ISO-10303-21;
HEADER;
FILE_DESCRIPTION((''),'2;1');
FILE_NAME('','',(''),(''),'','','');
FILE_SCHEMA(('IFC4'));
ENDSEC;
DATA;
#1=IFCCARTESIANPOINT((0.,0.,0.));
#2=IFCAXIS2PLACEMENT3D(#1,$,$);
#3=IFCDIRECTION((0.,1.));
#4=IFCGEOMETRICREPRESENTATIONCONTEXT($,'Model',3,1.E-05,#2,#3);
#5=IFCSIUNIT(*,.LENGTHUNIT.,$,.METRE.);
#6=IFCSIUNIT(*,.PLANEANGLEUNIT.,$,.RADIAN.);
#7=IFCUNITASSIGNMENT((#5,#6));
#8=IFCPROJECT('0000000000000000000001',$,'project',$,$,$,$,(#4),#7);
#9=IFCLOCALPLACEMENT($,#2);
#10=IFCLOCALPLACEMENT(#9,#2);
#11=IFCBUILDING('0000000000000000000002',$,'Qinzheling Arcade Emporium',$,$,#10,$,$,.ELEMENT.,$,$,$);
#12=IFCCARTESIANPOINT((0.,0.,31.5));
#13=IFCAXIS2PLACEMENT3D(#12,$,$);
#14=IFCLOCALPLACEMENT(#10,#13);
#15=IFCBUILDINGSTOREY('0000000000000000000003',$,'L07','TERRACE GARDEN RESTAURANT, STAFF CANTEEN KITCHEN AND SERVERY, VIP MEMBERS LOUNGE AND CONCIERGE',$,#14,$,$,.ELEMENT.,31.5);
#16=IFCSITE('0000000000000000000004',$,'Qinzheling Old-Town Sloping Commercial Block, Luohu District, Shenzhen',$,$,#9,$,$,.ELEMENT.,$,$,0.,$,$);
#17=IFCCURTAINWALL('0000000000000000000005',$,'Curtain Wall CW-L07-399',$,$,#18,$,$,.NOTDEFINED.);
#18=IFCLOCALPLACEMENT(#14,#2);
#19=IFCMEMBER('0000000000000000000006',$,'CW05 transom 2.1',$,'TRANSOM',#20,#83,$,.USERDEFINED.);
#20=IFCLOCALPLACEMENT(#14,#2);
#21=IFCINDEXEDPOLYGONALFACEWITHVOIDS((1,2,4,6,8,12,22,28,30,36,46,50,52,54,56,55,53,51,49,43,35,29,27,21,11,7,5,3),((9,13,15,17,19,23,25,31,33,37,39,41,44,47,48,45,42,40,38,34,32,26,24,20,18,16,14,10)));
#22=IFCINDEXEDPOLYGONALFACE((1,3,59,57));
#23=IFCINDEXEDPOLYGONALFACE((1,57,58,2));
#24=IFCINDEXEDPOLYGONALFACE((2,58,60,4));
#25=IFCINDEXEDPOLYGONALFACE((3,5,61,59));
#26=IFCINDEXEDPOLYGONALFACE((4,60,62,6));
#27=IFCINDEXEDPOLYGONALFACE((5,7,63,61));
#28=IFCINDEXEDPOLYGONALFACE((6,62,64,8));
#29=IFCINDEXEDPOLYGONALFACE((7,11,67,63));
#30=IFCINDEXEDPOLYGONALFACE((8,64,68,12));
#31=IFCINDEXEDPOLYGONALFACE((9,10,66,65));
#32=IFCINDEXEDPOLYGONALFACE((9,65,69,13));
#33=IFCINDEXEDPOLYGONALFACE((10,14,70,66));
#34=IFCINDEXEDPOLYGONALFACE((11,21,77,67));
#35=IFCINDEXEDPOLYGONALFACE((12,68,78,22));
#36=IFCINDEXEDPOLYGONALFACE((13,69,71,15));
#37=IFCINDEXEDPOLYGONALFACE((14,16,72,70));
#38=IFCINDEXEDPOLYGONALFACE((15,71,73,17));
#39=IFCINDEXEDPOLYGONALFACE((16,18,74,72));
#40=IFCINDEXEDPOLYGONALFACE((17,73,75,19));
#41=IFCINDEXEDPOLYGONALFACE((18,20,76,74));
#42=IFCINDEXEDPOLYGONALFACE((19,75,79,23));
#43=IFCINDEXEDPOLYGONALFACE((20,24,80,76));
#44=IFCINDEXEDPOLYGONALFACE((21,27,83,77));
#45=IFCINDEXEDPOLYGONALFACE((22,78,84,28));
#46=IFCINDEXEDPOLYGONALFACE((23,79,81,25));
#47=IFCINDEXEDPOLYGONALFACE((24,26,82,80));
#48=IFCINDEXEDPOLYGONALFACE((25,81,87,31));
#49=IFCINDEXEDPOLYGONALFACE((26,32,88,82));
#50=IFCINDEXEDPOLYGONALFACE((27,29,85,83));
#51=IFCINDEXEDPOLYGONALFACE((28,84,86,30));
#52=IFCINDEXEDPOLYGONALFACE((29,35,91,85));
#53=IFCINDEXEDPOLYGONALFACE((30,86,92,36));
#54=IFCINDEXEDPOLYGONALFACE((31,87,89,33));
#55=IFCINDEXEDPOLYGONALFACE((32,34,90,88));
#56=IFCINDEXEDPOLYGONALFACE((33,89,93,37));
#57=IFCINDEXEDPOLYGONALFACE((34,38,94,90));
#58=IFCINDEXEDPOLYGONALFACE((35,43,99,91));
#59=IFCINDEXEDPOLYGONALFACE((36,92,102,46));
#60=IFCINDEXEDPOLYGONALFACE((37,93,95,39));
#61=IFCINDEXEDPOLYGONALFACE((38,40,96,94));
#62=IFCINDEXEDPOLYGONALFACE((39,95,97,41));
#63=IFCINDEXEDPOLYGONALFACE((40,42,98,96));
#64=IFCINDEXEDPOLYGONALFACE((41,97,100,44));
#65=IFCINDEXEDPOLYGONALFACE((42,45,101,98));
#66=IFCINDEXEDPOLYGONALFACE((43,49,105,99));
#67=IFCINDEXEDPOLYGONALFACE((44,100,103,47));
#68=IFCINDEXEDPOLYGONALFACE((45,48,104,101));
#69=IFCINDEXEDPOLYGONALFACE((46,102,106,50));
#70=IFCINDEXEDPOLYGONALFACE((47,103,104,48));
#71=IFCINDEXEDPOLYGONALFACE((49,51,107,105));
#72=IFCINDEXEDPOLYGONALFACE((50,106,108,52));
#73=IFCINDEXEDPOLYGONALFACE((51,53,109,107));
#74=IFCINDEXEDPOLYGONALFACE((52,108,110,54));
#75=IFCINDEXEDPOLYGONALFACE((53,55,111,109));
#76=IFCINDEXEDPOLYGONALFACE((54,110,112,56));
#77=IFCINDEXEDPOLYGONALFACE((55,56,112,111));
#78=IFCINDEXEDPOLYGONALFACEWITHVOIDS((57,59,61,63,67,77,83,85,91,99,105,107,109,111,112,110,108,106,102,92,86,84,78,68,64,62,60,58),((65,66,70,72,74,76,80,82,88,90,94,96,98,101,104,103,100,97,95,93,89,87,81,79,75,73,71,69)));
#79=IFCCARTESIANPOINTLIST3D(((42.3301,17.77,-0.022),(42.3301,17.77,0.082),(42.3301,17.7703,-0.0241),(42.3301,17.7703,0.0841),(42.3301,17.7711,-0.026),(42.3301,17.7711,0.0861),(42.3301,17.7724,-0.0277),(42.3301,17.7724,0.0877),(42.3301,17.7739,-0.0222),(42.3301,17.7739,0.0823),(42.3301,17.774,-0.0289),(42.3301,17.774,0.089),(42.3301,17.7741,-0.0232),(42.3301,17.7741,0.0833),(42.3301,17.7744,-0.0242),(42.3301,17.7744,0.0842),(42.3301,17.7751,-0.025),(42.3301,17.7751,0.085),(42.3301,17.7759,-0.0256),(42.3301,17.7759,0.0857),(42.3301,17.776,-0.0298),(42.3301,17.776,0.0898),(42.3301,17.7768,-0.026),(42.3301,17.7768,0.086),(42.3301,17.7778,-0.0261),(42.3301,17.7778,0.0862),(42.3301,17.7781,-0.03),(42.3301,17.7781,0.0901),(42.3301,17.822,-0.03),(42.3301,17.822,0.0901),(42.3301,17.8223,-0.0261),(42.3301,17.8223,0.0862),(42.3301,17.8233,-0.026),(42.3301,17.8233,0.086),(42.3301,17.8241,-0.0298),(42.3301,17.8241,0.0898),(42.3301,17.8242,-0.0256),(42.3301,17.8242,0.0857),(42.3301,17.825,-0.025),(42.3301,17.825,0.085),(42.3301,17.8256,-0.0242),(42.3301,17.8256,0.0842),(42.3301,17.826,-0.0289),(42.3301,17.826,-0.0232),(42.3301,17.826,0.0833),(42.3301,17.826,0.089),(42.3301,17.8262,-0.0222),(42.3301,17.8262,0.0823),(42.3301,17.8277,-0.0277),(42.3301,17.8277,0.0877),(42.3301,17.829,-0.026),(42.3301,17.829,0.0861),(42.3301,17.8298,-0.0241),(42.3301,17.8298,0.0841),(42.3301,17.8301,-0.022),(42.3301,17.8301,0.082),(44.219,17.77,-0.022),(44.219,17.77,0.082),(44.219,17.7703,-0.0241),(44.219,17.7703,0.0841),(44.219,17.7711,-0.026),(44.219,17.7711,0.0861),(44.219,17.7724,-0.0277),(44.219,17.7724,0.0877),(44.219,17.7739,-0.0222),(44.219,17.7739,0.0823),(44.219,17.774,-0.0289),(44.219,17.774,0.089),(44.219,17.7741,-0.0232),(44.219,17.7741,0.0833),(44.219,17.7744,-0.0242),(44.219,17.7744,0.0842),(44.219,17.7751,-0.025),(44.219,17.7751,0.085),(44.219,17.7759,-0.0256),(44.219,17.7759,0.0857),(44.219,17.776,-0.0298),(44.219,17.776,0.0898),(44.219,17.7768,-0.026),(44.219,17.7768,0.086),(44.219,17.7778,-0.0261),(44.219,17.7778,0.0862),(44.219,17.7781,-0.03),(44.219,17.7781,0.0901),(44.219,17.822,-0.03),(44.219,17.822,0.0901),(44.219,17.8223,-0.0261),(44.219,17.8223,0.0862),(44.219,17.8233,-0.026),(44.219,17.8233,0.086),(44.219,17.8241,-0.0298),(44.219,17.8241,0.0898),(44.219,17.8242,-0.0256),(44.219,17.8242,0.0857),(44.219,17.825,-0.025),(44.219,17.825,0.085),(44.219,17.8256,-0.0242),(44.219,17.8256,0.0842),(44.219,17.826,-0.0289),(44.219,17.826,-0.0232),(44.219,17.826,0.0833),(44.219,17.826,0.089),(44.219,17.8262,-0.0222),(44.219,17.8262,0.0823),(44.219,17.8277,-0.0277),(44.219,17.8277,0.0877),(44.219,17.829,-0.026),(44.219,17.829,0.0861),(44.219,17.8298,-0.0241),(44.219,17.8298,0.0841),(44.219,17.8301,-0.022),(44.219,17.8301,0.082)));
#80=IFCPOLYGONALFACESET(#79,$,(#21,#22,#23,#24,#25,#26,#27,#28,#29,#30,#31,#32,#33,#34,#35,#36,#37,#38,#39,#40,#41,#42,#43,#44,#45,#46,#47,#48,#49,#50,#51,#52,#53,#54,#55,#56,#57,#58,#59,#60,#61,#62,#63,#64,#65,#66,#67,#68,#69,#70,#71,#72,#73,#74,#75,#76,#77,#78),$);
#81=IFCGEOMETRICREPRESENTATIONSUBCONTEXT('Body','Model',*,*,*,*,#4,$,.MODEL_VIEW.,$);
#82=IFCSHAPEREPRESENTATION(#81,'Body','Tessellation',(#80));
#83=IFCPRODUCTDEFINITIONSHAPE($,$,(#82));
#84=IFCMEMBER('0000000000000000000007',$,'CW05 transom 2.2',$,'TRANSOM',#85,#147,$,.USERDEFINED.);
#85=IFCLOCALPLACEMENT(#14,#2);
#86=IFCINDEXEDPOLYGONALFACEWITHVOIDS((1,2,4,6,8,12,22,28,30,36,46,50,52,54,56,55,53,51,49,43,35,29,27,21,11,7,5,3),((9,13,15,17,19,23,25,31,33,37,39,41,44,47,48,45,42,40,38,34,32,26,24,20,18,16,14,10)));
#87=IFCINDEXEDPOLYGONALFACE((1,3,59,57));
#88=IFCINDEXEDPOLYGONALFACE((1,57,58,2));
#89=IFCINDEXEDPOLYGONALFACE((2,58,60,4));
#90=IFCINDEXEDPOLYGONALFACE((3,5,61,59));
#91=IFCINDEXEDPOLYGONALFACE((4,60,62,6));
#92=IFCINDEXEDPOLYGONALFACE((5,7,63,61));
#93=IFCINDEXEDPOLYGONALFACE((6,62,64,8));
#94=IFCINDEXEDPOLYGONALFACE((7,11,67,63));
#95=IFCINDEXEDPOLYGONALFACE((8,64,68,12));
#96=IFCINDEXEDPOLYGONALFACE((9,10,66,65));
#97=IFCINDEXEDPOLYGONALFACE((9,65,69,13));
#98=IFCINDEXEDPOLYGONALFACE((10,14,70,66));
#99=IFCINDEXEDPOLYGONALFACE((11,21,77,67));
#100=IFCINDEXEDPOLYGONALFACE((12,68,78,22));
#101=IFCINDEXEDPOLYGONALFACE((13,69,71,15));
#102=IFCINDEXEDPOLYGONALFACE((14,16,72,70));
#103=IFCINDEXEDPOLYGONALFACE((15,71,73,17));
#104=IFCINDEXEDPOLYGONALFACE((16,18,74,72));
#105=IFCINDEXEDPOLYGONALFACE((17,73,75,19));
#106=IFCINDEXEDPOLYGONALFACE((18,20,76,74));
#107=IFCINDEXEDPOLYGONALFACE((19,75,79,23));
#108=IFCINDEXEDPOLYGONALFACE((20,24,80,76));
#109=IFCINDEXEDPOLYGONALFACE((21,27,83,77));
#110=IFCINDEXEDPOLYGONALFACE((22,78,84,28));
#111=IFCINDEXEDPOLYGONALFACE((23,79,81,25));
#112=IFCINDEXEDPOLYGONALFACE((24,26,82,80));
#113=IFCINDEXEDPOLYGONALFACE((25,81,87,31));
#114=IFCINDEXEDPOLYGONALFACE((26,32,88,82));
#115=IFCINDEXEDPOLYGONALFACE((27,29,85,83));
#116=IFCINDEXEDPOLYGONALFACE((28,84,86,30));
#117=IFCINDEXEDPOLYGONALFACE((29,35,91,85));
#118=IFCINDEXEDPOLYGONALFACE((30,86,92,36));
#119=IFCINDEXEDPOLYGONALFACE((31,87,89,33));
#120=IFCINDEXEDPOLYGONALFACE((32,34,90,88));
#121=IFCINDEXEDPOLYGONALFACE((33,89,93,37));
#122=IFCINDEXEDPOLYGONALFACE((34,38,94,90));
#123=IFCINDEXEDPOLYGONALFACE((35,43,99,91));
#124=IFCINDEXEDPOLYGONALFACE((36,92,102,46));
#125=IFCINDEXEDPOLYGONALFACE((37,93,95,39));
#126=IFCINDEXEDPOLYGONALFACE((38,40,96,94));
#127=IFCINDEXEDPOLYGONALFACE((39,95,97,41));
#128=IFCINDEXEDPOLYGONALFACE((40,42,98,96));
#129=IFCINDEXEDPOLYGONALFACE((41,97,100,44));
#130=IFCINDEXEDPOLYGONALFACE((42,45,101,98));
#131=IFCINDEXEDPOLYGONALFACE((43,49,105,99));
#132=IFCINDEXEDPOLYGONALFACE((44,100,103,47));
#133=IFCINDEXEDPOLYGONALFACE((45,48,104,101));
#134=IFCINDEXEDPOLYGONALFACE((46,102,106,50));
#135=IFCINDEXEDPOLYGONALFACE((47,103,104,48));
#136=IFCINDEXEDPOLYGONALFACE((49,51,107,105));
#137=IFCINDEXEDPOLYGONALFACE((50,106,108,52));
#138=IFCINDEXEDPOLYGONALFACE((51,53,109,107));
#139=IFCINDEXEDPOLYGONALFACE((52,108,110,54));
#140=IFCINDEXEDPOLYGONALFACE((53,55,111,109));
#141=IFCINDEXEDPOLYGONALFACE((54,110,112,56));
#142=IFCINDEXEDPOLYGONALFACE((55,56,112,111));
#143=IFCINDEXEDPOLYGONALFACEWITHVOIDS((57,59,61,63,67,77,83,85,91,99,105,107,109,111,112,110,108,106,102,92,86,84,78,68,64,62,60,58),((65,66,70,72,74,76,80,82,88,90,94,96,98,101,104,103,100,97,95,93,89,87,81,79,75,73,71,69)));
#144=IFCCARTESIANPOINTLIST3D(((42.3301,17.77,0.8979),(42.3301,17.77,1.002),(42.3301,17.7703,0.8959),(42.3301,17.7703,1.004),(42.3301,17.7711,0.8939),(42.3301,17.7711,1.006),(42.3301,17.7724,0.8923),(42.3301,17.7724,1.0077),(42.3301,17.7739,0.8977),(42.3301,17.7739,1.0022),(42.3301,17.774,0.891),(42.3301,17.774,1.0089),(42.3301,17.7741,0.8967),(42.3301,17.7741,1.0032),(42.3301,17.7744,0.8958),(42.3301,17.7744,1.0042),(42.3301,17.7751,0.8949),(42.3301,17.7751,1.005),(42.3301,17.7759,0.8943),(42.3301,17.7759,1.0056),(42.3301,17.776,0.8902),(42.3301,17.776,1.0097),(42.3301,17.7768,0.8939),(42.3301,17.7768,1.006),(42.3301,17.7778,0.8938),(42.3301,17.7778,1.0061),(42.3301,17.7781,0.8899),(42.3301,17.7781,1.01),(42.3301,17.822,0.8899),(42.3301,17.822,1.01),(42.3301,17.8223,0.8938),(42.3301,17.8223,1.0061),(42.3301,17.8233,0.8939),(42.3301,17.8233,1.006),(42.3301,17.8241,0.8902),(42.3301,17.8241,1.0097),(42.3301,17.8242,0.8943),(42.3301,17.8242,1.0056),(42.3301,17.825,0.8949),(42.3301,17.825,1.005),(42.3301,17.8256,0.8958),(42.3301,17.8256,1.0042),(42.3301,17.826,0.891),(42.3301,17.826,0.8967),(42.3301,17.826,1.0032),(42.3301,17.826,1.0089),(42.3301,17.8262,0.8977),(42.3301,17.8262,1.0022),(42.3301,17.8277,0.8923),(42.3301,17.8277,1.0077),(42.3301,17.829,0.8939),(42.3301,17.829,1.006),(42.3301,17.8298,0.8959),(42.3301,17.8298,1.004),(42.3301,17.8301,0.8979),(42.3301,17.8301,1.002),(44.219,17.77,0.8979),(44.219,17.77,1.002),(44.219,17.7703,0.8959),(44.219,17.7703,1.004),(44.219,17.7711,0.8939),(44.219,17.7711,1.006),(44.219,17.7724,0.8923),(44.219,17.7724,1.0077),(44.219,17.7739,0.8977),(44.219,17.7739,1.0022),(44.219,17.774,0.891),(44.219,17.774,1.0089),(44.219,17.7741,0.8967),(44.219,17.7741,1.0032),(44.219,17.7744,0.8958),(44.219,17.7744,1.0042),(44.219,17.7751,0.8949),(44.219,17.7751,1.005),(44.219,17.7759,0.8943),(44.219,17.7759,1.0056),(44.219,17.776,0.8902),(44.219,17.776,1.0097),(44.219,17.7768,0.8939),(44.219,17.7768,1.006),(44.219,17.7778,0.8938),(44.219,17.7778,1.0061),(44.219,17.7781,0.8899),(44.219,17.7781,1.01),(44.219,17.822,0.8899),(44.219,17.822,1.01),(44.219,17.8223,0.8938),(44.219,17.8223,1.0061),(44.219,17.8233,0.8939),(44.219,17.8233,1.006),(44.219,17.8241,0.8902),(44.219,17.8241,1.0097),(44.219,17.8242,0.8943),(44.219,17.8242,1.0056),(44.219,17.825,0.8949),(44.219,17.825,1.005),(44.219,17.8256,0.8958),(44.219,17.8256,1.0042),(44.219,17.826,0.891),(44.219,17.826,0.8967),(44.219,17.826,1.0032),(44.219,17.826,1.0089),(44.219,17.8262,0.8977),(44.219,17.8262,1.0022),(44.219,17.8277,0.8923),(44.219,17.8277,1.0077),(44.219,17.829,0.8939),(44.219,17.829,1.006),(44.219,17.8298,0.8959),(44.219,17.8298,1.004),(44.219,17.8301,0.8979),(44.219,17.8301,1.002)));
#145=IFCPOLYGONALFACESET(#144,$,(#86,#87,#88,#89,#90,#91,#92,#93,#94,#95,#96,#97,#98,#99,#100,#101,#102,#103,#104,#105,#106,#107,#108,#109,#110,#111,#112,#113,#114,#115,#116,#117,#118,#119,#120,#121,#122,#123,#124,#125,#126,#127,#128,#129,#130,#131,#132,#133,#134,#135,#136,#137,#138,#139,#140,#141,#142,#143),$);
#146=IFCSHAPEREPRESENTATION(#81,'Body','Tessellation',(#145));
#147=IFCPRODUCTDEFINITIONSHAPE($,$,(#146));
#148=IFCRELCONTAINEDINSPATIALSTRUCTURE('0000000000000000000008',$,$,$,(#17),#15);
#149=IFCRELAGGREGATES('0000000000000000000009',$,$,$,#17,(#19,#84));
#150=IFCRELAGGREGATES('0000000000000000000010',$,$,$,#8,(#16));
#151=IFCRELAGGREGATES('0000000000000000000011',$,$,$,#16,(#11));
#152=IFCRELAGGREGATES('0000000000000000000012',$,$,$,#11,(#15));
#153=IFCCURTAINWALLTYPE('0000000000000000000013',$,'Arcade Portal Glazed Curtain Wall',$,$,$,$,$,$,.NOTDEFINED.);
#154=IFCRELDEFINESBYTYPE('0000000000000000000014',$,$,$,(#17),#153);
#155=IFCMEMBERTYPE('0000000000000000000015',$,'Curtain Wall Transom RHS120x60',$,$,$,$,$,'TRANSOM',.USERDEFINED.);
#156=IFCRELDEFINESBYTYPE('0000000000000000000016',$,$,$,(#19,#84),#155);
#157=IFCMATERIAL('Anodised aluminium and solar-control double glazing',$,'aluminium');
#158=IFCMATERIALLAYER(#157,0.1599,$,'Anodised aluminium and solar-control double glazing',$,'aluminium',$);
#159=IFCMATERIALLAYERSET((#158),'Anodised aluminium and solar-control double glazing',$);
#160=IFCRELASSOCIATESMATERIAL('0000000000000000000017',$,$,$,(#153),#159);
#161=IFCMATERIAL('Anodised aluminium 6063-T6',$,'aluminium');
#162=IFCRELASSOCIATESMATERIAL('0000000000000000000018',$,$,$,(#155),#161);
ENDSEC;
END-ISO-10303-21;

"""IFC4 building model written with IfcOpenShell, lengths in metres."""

from ifc_helpers import new_model, si_unit, direction, frame, origin, origin_2d, place, context, subcontext, project, spatial, hollow_rectangle, extrude, material, layer, layer_set, material_profile, profile_set, type_object, element, aggregate, save


model = new_model("IFC4")

# Units and contexts
model_context = context("Model", 3, precision=1e-05, world=origin(), true_north=direction((0.0, 1.0)))
body_context = subcontext(model_context, "Body", "Model", "MODEL_VIEW")
ifc_project = project(units=[si_unit("LENGTHUNIT", "METRE"), si_unit("PLANEANGLEUNIT", "RADIAN")], contexts=[model_context])

# Site, building, storey
site_placement = place(None, origin())
site = spatial("IfcSite", under=ifc_project, at=site_placement, Name="Qinzheling Old-Town Sloping Commercial Block, Luohu District, Shenzhen", CompositionType="ELEMENT", RefElevation=0.0)
building_placement = place(site_placement, origin())
building = spatial("IfcBuilding", under=site, at=building_placement, Name="Qinzheling Arcade Emporium", CompositionType="ELEMENT")
storey_placement = place(building_placement, frame((0.0, 0.0, 31.5)))
storey = spatial("IfcBuildingStorey", under=building, at=storey_placement, Name="L07", Description="TERRACE GARDEN RESTAURANT, STAFF CANTEEN KITCHEN AND SERVERY, VIP MEMBERS LOUNGE AND CONCIERGE", CompositionType="ELEMENT", Elevation=31.5)

# Curtain wall, members
ifc_material_1 = material(Name="Anodised aluminium and solar-control double glazing", Category="aluminium")
ifc_layer_1 = layer(ifc_material_1, 0.1599, Name="Anodised aluminium and solar-control double glazing", Category="aluminium")
ifc_layer_set_1 = layer_set([ifc_layer_1], Name="Anodised aluminium and solar-control double glazing")
curtain_wall_type = type_object("IfcCurtainWallType", Name="Arcade Portal Glazed Curtain Wall", PredefinedType="NOTDEFINED", material=ifc_layer_set_1)
curtain_wall_placement = place(storey_placement, origin())
curtain_wall = element("IfcCurtainWall", 1, at=curtain_wall_placement, inside=storey, type_object=curtain_wall_type, Name="Curtain Wall CW-L07-399", PredefinedType="NOTDEFINED")
ifc_material_2 = material(Name="Anodised aluminium 6063-T6", Category="aluminium")
ifc_material_profile_1 = material_profile(ifc_material_2, hollow_rectangle(XDim=0.0601, YDim=0.1201, WallThickness=0.0039, InnerFilletRadius=0.0039, OuterFilletRadius=0.0081, at=origin_2d()), Name="RHS 120x60x4", Category="aluminium")
ifc_profile_set_1 = profile_set([ifc_material_profile_1], Name="Anodised aluminium 6063-T6")
member_type_1 = type_object("IfcMemberType", Name="Curtain Wall Transom RHS120x60", ElementType="TRANSOM", PredefinedType="USERDEFINED", material=ifc_profile_set_1)
member_1_placement = place(storey_placement, frame((44.219, 17.8, 0.03), z_axis=(-1.0, 0.0, 0.0), x_axis=(0.0, -1.0, 0.0)))
member_1 = element("IfcMember", 2, at=member_1_placement, type_object=member_type_1, Name="CW05 transom 2.1", ObjectType="TRANSOM", PredefinedType="USERDEFINED", context=body_context, shape_type="SweptSolid", body=[
    extrude(hollow_rectangle(XDim=0.0601, YDim=0.1201, WallThickness=0.0039, InnerFilletRadius=0.0039, OuterFilletRadius=0.0081, at=origin_2d()), origin(), (0.0, 0.0, 1.0), 1.8889),
])
member_2_placement = place(storey_placement, frame((44.219, 17.8, 0.95), z_axis=(-1.0, 0.0, 0.0), x_axis=(0.0, -1.0, 0.0)))
member_2 = element("IfcMember", 3, at=member_2_placement, type_object=member_type_1, Name="CW05 transom 2.2", ObjectType="TRANSOM", PredefinedType="USERDEFINED", context=body_context, shape_type="SweptSolid", body=[
    extrude(hollow_rectangle(XDim=0.0601, YDim=0.1201, WallThickness=0.0039, InnerFilletRadius=0.0039, OuterFilletRadius=0.0081, at=origin_2d()), origin(), (0.0, 0.0, 1.0), 1.8889),
])

aggregate(curtain_wall, [member_1, member_2])

save(model, "model.ifc")
